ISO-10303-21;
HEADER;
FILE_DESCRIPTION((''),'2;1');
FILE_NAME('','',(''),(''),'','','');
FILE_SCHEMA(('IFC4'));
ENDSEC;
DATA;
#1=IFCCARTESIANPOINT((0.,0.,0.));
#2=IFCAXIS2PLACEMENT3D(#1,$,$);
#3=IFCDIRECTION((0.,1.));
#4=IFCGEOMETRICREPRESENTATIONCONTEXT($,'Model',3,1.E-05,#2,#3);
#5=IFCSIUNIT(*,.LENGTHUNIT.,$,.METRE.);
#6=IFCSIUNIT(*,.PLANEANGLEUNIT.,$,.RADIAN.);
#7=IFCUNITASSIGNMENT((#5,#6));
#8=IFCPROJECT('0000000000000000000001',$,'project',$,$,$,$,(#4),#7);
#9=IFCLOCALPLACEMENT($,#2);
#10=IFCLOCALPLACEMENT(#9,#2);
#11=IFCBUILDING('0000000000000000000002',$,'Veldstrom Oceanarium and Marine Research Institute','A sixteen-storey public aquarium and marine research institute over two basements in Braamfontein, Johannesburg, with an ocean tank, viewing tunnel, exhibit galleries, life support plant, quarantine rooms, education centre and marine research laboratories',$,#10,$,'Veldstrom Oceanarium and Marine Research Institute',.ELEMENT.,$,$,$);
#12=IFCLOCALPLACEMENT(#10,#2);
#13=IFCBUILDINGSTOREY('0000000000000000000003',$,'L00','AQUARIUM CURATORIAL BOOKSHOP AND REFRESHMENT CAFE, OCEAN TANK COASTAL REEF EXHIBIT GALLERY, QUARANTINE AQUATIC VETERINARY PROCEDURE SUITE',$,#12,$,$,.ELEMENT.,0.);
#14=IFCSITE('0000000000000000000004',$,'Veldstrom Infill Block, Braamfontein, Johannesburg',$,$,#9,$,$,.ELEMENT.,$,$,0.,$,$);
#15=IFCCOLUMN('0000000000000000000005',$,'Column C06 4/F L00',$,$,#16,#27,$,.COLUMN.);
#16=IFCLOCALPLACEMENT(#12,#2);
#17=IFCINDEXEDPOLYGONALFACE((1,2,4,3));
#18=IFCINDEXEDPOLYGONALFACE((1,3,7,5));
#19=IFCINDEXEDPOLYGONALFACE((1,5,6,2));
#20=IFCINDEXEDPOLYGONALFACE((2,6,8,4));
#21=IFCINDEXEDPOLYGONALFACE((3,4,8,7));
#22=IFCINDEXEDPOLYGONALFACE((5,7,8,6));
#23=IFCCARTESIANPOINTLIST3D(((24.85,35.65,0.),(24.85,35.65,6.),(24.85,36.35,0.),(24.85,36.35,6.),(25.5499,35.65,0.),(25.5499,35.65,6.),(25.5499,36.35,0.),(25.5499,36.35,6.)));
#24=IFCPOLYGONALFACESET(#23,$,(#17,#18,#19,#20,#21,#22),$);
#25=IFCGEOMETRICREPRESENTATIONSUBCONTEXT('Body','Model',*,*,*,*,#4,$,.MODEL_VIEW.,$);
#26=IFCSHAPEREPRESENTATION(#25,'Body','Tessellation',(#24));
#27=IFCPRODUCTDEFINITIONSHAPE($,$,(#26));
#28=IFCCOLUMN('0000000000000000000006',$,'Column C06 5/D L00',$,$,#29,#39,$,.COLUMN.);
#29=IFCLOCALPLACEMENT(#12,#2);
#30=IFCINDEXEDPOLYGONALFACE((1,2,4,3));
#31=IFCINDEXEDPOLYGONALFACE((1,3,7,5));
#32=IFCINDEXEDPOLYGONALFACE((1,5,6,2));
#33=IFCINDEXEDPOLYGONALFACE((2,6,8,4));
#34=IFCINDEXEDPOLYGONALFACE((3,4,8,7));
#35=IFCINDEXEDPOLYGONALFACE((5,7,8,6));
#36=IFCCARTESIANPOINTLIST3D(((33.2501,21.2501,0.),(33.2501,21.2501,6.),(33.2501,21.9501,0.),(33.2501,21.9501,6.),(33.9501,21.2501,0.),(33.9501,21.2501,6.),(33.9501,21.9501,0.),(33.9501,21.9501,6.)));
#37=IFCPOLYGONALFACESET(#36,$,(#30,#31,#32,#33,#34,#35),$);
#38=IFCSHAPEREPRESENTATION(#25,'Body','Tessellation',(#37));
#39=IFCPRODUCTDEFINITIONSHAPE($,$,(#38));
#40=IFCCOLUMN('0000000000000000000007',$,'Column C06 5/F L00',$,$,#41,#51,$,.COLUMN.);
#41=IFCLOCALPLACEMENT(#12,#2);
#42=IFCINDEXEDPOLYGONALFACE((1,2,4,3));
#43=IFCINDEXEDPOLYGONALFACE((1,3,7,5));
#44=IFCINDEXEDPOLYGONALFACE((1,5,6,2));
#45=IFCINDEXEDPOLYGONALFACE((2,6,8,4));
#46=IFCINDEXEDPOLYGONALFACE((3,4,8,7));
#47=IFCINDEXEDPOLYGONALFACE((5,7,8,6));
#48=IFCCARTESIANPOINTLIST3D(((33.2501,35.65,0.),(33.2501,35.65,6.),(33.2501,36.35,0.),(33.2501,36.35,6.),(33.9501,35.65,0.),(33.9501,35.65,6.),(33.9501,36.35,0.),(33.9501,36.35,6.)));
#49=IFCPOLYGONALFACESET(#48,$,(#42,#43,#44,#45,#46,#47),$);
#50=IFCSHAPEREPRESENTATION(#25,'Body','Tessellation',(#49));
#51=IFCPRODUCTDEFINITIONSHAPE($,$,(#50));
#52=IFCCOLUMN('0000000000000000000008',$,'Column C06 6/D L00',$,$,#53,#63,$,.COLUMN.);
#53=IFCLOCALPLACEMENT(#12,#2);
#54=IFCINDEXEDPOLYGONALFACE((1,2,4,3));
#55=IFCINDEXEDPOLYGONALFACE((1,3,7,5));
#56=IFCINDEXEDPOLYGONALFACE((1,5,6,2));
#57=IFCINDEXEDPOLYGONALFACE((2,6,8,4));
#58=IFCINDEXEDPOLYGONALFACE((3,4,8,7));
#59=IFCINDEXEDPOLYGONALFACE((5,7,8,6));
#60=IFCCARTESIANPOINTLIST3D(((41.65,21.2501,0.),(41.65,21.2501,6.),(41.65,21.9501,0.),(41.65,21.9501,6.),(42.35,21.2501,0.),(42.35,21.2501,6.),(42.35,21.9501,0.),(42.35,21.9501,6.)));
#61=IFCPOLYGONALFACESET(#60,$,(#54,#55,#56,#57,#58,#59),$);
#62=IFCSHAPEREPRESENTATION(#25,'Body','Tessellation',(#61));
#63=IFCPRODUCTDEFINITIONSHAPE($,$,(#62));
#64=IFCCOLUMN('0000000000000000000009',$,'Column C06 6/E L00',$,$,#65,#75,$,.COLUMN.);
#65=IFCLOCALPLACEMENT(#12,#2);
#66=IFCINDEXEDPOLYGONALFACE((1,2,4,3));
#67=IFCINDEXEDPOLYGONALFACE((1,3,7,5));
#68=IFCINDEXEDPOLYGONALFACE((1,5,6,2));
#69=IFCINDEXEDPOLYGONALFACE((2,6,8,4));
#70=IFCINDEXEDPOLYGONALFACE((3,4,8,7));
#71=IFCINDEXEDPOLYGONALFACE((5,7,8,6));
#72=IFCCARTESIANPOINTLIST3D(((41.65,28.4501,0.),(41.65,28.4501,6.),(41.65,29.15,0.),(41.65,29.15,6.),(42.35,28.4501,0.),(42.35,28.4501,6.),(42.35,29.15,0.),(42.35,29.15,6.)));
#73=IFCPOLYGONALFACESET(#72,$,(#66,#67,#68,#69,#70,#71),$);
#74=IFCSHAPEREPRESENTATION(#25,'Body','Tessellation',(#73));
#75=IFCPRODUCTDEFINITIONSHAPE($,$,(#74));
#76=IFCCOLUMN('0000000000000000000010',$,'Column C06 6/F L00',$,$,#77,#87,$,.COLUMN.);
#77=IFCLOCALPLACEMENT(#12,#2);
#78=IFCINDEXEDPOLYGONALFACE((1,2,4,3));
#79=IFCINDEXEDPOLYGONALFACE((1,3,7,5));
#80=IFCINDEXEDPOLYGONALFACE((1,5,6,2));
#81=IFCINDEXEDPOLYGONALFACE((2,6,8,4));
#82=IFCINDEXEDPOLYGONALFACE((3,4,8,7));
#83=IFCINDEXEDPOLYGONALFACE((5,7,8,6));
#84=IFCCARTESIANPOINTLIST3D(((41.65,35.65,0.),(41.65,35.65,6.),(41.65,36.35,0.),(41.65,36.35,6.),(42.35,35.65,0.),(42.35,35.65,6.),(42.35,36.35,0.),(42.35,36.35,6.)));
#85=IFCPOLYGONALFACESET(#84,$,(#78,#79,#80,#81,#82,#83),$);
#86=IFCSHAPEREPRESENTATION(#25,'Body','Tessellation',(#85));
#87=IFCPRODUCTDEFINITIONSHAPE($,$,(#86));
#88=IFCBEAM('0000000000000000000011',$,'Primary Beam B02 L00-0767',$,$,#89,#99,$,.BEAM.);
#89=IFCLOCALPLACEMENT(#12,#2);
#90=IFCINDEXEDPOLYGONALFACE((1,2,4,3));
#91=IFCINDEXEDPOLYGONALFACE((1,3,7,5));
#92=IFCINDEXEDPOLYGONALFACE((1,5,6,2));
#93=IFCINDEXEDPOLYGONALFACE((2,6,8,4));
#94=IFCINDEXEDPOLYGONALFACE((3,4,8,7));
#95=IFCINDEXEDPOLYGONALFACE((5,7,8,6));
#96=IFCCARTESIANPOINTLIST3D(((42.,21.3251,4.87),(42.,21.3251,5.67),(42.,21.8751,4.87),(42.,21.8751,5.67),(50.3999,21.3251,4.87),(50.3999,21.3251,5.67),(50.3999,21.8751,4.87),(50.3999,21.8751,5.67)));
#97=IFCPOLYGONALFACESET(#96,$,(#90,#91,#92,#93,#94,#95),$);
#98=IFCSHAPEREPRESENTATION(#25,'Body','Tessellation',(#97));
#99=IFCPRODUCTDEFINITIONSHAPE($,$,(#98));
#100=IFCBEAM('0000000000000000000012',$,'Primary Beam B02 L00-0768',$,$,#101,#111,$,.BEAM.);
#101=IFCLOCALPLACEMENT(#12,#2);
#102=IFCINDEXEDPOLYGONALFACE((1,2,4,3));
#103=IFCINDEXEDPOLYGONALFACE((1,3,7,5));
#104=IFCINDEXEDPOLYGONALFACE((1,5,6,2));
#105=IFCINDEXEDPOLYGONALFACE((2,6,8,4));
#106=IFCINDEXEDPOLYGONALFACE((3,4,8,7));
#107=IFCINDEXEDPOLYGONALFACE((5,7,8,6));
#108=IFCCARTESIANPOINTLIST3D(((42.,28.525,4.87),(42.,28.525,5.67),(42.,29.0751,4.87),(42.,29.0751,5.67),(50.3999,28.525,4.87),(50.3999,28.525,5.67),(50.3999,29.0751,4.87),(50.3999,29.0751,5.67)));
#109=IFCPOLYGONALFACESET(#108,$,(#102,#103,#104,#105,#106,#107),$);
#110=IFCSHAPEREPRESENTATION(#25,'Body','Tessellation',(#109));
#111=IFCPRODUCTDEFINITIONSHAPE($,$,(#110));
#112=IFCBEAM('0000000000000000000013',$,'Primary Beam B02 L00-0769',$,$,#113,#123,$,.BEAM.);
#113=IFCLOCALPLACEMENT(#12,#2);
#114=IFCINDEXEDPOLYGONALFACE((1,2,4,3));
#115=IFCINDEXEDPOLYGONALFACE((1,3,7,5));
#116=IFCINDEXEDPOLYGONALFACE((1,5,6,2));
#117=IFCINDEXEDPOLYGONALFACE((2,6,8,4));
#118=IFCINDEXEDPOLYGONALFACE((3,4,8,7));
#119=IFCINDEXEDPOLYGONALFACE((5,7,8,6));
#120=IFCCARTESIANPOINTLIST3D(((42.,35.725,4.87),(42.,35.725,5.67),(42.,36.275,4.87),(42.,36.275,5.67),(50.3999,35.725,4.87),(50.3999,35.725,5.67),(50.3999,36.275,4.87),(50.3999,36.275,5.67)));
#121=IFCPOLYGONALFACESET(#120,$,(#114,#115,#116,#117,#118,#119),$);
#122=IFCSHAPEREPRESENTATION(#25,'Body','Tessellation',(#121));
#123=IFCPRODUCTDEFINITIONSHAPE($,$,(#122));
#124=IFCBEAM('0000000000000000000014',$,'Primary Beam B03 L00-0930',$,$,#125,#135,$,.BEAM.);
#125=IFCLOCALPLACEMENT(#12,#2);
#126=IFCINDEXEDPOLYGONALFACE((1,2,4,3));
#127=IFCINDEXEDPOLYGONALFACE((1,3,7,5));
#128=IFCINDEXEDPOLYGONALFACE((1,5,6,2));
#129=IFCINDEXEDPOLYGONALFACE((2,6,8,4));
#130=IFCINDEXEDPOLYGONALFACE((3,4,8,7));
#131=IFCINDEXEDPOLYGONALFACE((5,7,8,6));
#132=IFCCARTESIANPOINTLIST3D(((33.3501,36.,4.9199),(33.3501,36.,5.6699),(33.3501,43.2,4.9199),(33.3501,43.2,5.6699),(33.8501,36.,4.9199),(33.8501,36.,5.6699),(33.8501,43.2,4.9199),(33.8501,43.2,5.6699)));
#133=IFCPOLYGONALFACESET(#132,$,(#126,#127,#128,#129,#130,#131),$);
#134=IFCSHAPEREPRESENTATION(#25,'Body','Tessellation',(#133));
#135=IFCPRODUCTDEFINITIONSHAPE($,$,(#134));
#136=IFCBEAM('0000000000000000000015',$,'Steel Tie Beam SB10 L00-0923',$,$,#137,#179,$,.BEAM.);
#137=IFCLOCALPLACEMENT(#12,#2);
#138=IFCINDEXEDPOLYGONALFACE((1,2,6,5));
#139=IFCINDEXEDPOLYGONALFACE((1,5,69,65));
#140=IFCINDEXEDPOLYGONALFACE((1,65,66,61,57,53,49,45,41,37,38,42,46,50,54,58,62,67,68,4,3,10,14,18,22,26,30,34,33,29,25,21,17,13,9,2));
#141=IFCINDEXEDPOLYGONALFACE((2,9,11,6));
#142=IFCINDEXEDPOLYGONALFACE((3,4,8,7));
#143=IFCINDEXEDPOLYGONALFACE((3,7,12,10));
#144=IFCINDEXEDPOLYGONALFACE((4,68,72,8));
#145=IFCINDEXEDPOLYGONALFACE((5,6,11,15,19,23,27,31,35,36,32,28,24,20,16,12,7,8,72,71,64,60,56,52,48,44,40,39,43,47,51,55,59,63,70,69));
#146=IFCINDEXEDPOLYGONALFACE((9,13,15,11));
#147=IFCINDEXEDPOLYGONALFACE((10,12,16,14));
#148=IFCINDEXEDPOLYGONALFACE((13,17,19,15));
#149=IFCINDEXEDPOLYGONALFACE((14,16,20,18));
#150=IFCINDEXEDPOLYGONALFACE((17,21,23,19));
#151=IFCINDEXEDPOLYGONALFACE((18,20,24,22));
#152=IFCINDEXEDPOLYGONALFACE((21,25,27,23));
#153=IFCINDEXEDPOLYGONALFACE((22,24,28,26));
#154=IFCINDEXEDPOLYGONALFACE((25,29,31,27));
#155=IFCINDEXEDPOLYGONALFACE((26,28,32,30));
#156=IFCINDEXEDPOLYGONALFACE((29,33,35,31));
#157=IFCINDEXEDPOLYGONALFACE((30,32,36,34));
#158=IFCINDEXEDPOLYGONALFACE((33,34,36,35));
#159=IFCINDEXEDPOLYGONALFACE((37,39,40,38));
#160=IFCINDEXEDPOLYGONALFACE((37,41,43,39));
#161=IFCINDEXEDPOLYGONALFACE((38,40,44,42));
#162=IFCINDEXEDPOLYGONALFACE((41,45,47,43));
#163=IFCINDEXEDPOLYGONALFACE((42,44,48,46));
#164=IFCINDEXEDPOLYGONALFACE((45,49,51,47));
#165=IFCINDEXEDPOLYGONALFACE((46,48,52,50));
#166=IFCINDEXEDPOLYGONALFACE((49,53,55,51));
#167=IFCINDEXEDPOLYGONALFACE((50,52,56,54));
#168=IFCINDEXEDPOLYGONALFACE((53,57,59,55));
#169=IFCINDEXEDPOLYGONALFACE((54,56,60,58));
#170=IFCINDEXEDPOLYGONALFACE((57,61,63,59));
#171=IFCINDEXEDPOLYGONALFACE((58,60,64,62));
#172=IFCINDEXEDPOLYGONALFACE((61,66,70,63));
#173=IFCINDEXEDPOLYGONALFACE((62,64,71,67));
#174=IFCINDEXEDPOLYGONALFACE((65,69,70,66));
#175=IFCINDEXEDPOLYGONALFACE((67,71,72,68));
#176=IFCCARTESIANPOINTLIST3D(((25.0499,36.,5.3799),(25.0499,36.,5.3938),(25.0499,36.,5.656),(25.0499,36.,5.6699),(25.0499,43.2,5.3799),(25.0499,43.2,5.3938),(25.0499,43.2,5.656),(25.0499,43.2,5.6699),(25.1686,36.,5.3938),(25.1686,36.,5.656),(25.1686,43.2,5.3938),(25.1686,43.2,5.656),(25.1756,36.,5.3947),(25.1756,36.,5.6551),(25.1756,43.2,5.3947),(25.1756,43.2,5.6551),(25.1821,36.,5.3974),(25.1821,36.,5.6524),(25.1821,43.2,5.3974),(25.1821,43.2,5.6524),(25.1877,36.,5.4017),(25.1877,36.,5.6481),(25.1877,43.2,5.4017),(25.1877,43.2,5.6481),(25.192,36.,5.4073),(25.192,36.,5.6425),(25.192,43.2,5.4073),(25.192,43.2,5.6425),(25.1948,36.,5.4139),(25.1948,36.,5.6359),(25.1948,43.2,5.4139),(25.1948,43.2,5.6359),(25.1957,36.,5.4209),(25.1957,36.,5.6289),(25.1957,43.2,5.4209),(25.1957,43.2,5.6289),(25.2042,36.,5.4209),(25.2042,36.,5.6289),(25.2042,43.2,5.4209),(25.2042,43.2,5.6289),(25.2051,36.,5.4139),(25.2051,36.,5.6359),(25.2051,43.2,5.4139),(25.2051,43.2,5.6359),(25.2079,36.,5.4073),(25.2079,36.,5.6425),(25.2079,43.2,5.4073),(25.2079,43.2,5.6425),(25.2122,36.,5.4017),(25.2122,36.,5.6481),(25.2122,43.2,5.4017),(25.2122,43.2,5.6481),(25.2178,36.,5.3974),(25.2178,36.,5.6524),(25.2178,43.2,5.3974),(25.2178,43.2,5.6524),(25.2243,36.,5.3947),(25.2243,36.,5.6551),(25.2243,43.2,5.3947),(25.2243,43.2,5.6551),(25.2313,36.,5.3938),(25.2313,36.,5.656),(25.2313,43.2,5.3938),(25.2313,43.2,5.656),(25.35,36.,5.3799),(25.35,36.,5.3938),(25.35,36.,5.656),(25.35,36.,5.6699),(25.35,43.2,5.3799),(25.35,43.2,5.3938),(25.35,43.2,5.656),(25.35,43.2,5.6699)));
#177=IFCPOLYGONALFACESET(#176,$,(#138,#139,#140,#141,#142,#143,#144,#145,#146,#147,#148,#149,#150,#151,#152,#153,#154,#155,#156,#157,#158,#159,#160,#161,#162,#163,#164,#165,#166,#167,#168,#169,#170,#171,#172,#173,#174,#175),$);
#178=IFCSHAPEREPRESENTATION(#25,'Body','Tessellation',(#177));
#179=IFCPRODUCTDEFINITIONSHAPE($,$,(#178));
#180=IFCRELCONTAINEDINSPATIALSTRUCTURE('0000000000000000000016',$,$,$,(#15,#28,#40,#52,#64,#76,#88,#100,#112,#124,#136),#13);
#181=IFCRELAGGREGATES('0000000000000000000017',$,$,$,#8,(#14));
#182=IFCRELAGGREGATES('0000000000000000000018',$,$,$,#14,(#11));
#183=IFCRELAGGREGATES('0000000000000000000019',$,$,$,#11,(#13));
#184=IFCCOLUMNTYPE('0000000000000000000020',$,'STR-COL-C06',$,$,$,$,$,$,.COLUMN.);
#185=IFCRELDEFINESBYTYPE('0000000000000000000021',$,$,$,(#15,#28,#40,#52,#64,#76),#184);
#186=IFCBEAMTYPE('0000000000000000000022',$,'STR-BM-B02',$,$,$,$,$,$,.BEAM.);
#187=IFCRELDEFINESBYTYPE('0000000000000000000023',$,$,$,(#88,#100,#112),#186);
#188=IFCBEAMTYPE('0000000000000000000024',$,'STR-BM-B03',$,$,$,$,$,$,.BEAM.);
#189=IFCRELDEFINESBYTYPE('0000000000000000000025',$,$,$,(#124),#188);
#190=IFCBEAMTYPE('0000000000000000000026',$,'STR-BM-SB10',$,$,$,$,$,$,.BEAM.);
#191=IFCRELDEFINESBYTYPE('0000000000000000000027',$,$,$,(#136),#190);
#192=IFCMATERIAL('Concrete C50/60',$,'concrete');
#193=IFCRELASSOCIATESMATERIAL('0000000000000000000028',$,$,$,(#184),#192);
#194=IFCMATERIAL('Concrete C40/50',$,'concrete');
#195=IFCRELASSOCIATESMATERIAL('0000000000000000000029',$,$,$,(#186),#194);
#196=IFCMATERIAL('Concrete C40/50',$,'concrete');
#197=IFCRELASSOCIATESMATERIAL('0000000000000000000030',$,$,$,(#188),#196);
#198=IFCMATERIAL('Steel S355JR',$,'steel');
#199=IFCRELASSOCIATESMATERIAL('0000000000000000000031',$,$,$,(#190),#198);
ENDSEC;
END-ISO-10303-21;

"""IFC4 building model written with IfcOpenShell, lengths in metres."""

from ifc_helpers import new_model, si_unit, direction, frame, origin, origin_2d, place, context, subcontext, project, spatial, rectangle, i_section, extrude, material, material_profile, profile_set, type_object, element, save


model = new_model("IFC4")

# Units and contexts
model_context = context("Model", 3, precision=1e-05, world=origin(), true_north=direction((0.0, 1.0)))
body_context = subcontext(model_context, "Body", "Model", "MODEL_VIEW")
ifc_project = project(units=[si_unit("LENGTHUNIT", "METRE"), si_unit("PLANEANGLEUNIT", "RADIAN")], contexts=[model_context])

# Site, building, storey
site_placement = place(None, origin())
site = spatial("IfcSite", under=ifc_project, at=site_placement, Name="Veldstrom Infill Block, Braamfontein, Johannesburg", CompositionType="ELEMENT", RefElevation=0.0)
building_placement = place(site_placement, origin())
building = spatial("IfcBuilding", under=site, at=building_placement, Name="Veldstrom Oceanarium and Marine Research Institute", Description="A sixteen-storey public aquarium and marine research institute over two basements in Braamfontein, Johannesburg, with an ocean tank, viewing tunnel, exhibit galleries, life support plant, quarantine rooms, education centre and marine research laboratories", LongName="Veldstrom Oceanarium and Marine Research Institute", CompositionType="ELEMENT")
storey_placement = place(building_placement, origin())
storey = spatial("IfcBuildingStorey", under=building, at=storey_placement, Name="L00", Description="AQUARIUM CURATORIAL BOOKSHOP AND REFRESHMENT CAFE, OCEAN TANK COASTAL REEF EXHIBIT GALLERY, QUARANTINE AQUATIC VETERINARY PROCEDURE SUITE", CompositionType="ELEMENT", Elevation=0.0)

# Columns
ifc_material_1 = material(Name="Concrete C50/60", Category="concrete")
ifc_material_profile_1 = material_profile(ifc_material_1, rectangle(XDim=0.7, YDim=0.7, at=origin_2d()), Name="RC-COL-700x700")
ifc_profile_set_1 = profile_set([ifc_material_profile_1], Name="Concrete C50/60")
column_type = type_object("IfcColumnType", Name="STR-COL-C06", PredefinedType="COLUMN", material=ifc_profile_set_1)
for number, where, z_axis, x_axis, name in (
    (1, (25.2, 36.0, 0.0), (0.0, 0.0, 1.0), (1.0, 0.0, 0.0), "Column C06 4/F L00"),
    (2, (33.6001, 21.6001, 0.0), (0.0, 0.0, 1.0), (1.0, 0.0, 0.0), "Column C06 5/D L00"),
    (3, (33.6001, 36.0, 0.0), (0.0, 0.0, 1.0), (1.0, 0.0, 0.0), "Column C06 5/F L00"),
    (4, (42.0, 21.6001, 0.0), (0.0, 0.0, 1.0), (1.0, 0.0, 0.0), "Column C06 6/D L00"),
    (5, (42.0, 28.8, 0.0), (0.0, 0.0, 1.0), (1.0, 0.0, 0.0), "Column C06 6/E L00"),
    (6, (42.0, 36.0, 0.0), (0.0, 0.0, 1.0), (1.0, 0.0, 0.0), "Column C06 6/F L00"),
):
    element("IfcColumn", number, at=place(storey_placement, frame(where, z_axis=z_axis, x_axis=x_axis)), inside=storey, type_object=column_type, Name=name, PredefinedType="COLUMN", context=body_context, shape_type="SweptSolid", body=[
        extrude(rectangle(XDim=0.7, YDim=0.7, at=origin_2d()), origin(), (0.0, 0.0, 1.0), 6.0),
    ])

# Beams
ifc_material_2 = material(Name="Concrete C40/50", Category="concrete")
ifc_material_profile_2 = material_profile(ifc_material_2, rectangle(XDim=0.55, YDim=0.8, at=origin_2d()), Name="RC-BM-550x800")
ifc_profile_set_2 = profile_set([ifc_material_profile_2], Name="Concrete C40/50")
beam_type_1 = type_object("IfcBeamType", Name="STR-BM-B02", PredefinedType="BEAM", material=ifc_profile_set_2)
for number, where, z_axis, x_axis, name in (
    (7, (42.0, 21.6001, 5.27), (1.0, 0.0, 0.0), (0.0, 1.0, 0.0), "Primary Beam B02 L00-0767"),
    (8, (42.0, 28.8, 5.27), (1.0, 0.0, 0.0), (0.0, 1.0, 0.0), "Primary Beam B02 L00-0768"),
    (9, (42.0, 36.0, 5.27), (1.0, 0.0, 0.0), (0.0, 1.0, 0.0), "Primary Beam B02 L00-0769"),
):
    element("IfcBeam", number, at=place(storey_placement, frame(where, z_axis=z_axis, x_axis=x_axis)), inside=storey, type_object=beam_type_1, Name=name, PredefinedType="BEAM", context=body_context, shape_type="SweptSolid", body=[
        extrude(rectangle(XDim=0.55, YDim=0.8, at=origin_2d()), origin(), (0.0, 0.0, 1.0), 8.3999),
    ])
ifc_material_3 = material(Name="Concrete C40/50", Category="concrete")
ifc_material_profile_3 = material_profile(ifc_material_3, rectangle(XDim=0.5, YDim=0.75, at=origin_2d()), Name="RC-BM-500x750")
ifc_profile_set_3 = profile_set([ifc_material_profile_3], Name="Concrete C40/50")
beam_type_2 = type_object("IfcBeamType", Name="STR-BM-B03", PredefinedType="BEAM", material=ifc_profile_set_3)
beam_1_placement = place(storey_placement, frame((33.6001, 36.0, 5.2949), z_axis=(0.0, 1.0, 0.0), x_axis=(-1.0, 0.0, 0.0)))
element("IfcBeam", 10, at=beam_1_placement, inside=storey, type_object=beam_type_2, Name="Primary Beam B03 L00-0930", PredefinedType="BEAM", context=body_context, shape_type="SweptSolid", body=[
    extrude(rectangle(XDim=0.5, YDim=0.75, at=origin_2d()), origin(), (0.0, 0.0, 1.0), 7.2),
])
ifc_material_4 = material(Name="Steel S355JR", Category="steel")
ifc_material_profile_4 = material_profile(ifc_material_4, i_section(OverallWidth=0.3, OverallDepth=0.29, WebThickness=0.0085, FlangeThickness=0.0139, FilletRadius=0.0271, at=origin_2d()), Name="HEA 300")
ifc_profile_set_4 = profile_set([ifc_material_profile_4], Name="Steel S355JR")
beam_type_3 = type_object("IfcBeamType", Name="STR-BM-SB10", PredefinedType="BEAM", material=ifc_profile_set_4)
beam_2_placement = place(storey_placement, frame((25.2, 36.0, 5.5249), z_axis=(0.0, 1.0, 0.0), x_axis=(-1.0, 0.0, 0.0)))
element("IfcBeam", 11, at=beam_2_placement, inside=storey, type_object=beam_type_3, Name="Steel Tie Beam SB10 L00-0923", PredefinedType="BEAM", context=body_context, shape_type="SweptSolid", body=[
    extrude(i_section(OverallWidth=0.3, OverallDepth=0.29, WebThickness=0.0085, FlangeThickness=0.0139, FilletRadius=0.0271, at=origin_2d()), origin(), (0.0, 0.0, 1.0), 7.2),
])

save(model, "model.ifc")
